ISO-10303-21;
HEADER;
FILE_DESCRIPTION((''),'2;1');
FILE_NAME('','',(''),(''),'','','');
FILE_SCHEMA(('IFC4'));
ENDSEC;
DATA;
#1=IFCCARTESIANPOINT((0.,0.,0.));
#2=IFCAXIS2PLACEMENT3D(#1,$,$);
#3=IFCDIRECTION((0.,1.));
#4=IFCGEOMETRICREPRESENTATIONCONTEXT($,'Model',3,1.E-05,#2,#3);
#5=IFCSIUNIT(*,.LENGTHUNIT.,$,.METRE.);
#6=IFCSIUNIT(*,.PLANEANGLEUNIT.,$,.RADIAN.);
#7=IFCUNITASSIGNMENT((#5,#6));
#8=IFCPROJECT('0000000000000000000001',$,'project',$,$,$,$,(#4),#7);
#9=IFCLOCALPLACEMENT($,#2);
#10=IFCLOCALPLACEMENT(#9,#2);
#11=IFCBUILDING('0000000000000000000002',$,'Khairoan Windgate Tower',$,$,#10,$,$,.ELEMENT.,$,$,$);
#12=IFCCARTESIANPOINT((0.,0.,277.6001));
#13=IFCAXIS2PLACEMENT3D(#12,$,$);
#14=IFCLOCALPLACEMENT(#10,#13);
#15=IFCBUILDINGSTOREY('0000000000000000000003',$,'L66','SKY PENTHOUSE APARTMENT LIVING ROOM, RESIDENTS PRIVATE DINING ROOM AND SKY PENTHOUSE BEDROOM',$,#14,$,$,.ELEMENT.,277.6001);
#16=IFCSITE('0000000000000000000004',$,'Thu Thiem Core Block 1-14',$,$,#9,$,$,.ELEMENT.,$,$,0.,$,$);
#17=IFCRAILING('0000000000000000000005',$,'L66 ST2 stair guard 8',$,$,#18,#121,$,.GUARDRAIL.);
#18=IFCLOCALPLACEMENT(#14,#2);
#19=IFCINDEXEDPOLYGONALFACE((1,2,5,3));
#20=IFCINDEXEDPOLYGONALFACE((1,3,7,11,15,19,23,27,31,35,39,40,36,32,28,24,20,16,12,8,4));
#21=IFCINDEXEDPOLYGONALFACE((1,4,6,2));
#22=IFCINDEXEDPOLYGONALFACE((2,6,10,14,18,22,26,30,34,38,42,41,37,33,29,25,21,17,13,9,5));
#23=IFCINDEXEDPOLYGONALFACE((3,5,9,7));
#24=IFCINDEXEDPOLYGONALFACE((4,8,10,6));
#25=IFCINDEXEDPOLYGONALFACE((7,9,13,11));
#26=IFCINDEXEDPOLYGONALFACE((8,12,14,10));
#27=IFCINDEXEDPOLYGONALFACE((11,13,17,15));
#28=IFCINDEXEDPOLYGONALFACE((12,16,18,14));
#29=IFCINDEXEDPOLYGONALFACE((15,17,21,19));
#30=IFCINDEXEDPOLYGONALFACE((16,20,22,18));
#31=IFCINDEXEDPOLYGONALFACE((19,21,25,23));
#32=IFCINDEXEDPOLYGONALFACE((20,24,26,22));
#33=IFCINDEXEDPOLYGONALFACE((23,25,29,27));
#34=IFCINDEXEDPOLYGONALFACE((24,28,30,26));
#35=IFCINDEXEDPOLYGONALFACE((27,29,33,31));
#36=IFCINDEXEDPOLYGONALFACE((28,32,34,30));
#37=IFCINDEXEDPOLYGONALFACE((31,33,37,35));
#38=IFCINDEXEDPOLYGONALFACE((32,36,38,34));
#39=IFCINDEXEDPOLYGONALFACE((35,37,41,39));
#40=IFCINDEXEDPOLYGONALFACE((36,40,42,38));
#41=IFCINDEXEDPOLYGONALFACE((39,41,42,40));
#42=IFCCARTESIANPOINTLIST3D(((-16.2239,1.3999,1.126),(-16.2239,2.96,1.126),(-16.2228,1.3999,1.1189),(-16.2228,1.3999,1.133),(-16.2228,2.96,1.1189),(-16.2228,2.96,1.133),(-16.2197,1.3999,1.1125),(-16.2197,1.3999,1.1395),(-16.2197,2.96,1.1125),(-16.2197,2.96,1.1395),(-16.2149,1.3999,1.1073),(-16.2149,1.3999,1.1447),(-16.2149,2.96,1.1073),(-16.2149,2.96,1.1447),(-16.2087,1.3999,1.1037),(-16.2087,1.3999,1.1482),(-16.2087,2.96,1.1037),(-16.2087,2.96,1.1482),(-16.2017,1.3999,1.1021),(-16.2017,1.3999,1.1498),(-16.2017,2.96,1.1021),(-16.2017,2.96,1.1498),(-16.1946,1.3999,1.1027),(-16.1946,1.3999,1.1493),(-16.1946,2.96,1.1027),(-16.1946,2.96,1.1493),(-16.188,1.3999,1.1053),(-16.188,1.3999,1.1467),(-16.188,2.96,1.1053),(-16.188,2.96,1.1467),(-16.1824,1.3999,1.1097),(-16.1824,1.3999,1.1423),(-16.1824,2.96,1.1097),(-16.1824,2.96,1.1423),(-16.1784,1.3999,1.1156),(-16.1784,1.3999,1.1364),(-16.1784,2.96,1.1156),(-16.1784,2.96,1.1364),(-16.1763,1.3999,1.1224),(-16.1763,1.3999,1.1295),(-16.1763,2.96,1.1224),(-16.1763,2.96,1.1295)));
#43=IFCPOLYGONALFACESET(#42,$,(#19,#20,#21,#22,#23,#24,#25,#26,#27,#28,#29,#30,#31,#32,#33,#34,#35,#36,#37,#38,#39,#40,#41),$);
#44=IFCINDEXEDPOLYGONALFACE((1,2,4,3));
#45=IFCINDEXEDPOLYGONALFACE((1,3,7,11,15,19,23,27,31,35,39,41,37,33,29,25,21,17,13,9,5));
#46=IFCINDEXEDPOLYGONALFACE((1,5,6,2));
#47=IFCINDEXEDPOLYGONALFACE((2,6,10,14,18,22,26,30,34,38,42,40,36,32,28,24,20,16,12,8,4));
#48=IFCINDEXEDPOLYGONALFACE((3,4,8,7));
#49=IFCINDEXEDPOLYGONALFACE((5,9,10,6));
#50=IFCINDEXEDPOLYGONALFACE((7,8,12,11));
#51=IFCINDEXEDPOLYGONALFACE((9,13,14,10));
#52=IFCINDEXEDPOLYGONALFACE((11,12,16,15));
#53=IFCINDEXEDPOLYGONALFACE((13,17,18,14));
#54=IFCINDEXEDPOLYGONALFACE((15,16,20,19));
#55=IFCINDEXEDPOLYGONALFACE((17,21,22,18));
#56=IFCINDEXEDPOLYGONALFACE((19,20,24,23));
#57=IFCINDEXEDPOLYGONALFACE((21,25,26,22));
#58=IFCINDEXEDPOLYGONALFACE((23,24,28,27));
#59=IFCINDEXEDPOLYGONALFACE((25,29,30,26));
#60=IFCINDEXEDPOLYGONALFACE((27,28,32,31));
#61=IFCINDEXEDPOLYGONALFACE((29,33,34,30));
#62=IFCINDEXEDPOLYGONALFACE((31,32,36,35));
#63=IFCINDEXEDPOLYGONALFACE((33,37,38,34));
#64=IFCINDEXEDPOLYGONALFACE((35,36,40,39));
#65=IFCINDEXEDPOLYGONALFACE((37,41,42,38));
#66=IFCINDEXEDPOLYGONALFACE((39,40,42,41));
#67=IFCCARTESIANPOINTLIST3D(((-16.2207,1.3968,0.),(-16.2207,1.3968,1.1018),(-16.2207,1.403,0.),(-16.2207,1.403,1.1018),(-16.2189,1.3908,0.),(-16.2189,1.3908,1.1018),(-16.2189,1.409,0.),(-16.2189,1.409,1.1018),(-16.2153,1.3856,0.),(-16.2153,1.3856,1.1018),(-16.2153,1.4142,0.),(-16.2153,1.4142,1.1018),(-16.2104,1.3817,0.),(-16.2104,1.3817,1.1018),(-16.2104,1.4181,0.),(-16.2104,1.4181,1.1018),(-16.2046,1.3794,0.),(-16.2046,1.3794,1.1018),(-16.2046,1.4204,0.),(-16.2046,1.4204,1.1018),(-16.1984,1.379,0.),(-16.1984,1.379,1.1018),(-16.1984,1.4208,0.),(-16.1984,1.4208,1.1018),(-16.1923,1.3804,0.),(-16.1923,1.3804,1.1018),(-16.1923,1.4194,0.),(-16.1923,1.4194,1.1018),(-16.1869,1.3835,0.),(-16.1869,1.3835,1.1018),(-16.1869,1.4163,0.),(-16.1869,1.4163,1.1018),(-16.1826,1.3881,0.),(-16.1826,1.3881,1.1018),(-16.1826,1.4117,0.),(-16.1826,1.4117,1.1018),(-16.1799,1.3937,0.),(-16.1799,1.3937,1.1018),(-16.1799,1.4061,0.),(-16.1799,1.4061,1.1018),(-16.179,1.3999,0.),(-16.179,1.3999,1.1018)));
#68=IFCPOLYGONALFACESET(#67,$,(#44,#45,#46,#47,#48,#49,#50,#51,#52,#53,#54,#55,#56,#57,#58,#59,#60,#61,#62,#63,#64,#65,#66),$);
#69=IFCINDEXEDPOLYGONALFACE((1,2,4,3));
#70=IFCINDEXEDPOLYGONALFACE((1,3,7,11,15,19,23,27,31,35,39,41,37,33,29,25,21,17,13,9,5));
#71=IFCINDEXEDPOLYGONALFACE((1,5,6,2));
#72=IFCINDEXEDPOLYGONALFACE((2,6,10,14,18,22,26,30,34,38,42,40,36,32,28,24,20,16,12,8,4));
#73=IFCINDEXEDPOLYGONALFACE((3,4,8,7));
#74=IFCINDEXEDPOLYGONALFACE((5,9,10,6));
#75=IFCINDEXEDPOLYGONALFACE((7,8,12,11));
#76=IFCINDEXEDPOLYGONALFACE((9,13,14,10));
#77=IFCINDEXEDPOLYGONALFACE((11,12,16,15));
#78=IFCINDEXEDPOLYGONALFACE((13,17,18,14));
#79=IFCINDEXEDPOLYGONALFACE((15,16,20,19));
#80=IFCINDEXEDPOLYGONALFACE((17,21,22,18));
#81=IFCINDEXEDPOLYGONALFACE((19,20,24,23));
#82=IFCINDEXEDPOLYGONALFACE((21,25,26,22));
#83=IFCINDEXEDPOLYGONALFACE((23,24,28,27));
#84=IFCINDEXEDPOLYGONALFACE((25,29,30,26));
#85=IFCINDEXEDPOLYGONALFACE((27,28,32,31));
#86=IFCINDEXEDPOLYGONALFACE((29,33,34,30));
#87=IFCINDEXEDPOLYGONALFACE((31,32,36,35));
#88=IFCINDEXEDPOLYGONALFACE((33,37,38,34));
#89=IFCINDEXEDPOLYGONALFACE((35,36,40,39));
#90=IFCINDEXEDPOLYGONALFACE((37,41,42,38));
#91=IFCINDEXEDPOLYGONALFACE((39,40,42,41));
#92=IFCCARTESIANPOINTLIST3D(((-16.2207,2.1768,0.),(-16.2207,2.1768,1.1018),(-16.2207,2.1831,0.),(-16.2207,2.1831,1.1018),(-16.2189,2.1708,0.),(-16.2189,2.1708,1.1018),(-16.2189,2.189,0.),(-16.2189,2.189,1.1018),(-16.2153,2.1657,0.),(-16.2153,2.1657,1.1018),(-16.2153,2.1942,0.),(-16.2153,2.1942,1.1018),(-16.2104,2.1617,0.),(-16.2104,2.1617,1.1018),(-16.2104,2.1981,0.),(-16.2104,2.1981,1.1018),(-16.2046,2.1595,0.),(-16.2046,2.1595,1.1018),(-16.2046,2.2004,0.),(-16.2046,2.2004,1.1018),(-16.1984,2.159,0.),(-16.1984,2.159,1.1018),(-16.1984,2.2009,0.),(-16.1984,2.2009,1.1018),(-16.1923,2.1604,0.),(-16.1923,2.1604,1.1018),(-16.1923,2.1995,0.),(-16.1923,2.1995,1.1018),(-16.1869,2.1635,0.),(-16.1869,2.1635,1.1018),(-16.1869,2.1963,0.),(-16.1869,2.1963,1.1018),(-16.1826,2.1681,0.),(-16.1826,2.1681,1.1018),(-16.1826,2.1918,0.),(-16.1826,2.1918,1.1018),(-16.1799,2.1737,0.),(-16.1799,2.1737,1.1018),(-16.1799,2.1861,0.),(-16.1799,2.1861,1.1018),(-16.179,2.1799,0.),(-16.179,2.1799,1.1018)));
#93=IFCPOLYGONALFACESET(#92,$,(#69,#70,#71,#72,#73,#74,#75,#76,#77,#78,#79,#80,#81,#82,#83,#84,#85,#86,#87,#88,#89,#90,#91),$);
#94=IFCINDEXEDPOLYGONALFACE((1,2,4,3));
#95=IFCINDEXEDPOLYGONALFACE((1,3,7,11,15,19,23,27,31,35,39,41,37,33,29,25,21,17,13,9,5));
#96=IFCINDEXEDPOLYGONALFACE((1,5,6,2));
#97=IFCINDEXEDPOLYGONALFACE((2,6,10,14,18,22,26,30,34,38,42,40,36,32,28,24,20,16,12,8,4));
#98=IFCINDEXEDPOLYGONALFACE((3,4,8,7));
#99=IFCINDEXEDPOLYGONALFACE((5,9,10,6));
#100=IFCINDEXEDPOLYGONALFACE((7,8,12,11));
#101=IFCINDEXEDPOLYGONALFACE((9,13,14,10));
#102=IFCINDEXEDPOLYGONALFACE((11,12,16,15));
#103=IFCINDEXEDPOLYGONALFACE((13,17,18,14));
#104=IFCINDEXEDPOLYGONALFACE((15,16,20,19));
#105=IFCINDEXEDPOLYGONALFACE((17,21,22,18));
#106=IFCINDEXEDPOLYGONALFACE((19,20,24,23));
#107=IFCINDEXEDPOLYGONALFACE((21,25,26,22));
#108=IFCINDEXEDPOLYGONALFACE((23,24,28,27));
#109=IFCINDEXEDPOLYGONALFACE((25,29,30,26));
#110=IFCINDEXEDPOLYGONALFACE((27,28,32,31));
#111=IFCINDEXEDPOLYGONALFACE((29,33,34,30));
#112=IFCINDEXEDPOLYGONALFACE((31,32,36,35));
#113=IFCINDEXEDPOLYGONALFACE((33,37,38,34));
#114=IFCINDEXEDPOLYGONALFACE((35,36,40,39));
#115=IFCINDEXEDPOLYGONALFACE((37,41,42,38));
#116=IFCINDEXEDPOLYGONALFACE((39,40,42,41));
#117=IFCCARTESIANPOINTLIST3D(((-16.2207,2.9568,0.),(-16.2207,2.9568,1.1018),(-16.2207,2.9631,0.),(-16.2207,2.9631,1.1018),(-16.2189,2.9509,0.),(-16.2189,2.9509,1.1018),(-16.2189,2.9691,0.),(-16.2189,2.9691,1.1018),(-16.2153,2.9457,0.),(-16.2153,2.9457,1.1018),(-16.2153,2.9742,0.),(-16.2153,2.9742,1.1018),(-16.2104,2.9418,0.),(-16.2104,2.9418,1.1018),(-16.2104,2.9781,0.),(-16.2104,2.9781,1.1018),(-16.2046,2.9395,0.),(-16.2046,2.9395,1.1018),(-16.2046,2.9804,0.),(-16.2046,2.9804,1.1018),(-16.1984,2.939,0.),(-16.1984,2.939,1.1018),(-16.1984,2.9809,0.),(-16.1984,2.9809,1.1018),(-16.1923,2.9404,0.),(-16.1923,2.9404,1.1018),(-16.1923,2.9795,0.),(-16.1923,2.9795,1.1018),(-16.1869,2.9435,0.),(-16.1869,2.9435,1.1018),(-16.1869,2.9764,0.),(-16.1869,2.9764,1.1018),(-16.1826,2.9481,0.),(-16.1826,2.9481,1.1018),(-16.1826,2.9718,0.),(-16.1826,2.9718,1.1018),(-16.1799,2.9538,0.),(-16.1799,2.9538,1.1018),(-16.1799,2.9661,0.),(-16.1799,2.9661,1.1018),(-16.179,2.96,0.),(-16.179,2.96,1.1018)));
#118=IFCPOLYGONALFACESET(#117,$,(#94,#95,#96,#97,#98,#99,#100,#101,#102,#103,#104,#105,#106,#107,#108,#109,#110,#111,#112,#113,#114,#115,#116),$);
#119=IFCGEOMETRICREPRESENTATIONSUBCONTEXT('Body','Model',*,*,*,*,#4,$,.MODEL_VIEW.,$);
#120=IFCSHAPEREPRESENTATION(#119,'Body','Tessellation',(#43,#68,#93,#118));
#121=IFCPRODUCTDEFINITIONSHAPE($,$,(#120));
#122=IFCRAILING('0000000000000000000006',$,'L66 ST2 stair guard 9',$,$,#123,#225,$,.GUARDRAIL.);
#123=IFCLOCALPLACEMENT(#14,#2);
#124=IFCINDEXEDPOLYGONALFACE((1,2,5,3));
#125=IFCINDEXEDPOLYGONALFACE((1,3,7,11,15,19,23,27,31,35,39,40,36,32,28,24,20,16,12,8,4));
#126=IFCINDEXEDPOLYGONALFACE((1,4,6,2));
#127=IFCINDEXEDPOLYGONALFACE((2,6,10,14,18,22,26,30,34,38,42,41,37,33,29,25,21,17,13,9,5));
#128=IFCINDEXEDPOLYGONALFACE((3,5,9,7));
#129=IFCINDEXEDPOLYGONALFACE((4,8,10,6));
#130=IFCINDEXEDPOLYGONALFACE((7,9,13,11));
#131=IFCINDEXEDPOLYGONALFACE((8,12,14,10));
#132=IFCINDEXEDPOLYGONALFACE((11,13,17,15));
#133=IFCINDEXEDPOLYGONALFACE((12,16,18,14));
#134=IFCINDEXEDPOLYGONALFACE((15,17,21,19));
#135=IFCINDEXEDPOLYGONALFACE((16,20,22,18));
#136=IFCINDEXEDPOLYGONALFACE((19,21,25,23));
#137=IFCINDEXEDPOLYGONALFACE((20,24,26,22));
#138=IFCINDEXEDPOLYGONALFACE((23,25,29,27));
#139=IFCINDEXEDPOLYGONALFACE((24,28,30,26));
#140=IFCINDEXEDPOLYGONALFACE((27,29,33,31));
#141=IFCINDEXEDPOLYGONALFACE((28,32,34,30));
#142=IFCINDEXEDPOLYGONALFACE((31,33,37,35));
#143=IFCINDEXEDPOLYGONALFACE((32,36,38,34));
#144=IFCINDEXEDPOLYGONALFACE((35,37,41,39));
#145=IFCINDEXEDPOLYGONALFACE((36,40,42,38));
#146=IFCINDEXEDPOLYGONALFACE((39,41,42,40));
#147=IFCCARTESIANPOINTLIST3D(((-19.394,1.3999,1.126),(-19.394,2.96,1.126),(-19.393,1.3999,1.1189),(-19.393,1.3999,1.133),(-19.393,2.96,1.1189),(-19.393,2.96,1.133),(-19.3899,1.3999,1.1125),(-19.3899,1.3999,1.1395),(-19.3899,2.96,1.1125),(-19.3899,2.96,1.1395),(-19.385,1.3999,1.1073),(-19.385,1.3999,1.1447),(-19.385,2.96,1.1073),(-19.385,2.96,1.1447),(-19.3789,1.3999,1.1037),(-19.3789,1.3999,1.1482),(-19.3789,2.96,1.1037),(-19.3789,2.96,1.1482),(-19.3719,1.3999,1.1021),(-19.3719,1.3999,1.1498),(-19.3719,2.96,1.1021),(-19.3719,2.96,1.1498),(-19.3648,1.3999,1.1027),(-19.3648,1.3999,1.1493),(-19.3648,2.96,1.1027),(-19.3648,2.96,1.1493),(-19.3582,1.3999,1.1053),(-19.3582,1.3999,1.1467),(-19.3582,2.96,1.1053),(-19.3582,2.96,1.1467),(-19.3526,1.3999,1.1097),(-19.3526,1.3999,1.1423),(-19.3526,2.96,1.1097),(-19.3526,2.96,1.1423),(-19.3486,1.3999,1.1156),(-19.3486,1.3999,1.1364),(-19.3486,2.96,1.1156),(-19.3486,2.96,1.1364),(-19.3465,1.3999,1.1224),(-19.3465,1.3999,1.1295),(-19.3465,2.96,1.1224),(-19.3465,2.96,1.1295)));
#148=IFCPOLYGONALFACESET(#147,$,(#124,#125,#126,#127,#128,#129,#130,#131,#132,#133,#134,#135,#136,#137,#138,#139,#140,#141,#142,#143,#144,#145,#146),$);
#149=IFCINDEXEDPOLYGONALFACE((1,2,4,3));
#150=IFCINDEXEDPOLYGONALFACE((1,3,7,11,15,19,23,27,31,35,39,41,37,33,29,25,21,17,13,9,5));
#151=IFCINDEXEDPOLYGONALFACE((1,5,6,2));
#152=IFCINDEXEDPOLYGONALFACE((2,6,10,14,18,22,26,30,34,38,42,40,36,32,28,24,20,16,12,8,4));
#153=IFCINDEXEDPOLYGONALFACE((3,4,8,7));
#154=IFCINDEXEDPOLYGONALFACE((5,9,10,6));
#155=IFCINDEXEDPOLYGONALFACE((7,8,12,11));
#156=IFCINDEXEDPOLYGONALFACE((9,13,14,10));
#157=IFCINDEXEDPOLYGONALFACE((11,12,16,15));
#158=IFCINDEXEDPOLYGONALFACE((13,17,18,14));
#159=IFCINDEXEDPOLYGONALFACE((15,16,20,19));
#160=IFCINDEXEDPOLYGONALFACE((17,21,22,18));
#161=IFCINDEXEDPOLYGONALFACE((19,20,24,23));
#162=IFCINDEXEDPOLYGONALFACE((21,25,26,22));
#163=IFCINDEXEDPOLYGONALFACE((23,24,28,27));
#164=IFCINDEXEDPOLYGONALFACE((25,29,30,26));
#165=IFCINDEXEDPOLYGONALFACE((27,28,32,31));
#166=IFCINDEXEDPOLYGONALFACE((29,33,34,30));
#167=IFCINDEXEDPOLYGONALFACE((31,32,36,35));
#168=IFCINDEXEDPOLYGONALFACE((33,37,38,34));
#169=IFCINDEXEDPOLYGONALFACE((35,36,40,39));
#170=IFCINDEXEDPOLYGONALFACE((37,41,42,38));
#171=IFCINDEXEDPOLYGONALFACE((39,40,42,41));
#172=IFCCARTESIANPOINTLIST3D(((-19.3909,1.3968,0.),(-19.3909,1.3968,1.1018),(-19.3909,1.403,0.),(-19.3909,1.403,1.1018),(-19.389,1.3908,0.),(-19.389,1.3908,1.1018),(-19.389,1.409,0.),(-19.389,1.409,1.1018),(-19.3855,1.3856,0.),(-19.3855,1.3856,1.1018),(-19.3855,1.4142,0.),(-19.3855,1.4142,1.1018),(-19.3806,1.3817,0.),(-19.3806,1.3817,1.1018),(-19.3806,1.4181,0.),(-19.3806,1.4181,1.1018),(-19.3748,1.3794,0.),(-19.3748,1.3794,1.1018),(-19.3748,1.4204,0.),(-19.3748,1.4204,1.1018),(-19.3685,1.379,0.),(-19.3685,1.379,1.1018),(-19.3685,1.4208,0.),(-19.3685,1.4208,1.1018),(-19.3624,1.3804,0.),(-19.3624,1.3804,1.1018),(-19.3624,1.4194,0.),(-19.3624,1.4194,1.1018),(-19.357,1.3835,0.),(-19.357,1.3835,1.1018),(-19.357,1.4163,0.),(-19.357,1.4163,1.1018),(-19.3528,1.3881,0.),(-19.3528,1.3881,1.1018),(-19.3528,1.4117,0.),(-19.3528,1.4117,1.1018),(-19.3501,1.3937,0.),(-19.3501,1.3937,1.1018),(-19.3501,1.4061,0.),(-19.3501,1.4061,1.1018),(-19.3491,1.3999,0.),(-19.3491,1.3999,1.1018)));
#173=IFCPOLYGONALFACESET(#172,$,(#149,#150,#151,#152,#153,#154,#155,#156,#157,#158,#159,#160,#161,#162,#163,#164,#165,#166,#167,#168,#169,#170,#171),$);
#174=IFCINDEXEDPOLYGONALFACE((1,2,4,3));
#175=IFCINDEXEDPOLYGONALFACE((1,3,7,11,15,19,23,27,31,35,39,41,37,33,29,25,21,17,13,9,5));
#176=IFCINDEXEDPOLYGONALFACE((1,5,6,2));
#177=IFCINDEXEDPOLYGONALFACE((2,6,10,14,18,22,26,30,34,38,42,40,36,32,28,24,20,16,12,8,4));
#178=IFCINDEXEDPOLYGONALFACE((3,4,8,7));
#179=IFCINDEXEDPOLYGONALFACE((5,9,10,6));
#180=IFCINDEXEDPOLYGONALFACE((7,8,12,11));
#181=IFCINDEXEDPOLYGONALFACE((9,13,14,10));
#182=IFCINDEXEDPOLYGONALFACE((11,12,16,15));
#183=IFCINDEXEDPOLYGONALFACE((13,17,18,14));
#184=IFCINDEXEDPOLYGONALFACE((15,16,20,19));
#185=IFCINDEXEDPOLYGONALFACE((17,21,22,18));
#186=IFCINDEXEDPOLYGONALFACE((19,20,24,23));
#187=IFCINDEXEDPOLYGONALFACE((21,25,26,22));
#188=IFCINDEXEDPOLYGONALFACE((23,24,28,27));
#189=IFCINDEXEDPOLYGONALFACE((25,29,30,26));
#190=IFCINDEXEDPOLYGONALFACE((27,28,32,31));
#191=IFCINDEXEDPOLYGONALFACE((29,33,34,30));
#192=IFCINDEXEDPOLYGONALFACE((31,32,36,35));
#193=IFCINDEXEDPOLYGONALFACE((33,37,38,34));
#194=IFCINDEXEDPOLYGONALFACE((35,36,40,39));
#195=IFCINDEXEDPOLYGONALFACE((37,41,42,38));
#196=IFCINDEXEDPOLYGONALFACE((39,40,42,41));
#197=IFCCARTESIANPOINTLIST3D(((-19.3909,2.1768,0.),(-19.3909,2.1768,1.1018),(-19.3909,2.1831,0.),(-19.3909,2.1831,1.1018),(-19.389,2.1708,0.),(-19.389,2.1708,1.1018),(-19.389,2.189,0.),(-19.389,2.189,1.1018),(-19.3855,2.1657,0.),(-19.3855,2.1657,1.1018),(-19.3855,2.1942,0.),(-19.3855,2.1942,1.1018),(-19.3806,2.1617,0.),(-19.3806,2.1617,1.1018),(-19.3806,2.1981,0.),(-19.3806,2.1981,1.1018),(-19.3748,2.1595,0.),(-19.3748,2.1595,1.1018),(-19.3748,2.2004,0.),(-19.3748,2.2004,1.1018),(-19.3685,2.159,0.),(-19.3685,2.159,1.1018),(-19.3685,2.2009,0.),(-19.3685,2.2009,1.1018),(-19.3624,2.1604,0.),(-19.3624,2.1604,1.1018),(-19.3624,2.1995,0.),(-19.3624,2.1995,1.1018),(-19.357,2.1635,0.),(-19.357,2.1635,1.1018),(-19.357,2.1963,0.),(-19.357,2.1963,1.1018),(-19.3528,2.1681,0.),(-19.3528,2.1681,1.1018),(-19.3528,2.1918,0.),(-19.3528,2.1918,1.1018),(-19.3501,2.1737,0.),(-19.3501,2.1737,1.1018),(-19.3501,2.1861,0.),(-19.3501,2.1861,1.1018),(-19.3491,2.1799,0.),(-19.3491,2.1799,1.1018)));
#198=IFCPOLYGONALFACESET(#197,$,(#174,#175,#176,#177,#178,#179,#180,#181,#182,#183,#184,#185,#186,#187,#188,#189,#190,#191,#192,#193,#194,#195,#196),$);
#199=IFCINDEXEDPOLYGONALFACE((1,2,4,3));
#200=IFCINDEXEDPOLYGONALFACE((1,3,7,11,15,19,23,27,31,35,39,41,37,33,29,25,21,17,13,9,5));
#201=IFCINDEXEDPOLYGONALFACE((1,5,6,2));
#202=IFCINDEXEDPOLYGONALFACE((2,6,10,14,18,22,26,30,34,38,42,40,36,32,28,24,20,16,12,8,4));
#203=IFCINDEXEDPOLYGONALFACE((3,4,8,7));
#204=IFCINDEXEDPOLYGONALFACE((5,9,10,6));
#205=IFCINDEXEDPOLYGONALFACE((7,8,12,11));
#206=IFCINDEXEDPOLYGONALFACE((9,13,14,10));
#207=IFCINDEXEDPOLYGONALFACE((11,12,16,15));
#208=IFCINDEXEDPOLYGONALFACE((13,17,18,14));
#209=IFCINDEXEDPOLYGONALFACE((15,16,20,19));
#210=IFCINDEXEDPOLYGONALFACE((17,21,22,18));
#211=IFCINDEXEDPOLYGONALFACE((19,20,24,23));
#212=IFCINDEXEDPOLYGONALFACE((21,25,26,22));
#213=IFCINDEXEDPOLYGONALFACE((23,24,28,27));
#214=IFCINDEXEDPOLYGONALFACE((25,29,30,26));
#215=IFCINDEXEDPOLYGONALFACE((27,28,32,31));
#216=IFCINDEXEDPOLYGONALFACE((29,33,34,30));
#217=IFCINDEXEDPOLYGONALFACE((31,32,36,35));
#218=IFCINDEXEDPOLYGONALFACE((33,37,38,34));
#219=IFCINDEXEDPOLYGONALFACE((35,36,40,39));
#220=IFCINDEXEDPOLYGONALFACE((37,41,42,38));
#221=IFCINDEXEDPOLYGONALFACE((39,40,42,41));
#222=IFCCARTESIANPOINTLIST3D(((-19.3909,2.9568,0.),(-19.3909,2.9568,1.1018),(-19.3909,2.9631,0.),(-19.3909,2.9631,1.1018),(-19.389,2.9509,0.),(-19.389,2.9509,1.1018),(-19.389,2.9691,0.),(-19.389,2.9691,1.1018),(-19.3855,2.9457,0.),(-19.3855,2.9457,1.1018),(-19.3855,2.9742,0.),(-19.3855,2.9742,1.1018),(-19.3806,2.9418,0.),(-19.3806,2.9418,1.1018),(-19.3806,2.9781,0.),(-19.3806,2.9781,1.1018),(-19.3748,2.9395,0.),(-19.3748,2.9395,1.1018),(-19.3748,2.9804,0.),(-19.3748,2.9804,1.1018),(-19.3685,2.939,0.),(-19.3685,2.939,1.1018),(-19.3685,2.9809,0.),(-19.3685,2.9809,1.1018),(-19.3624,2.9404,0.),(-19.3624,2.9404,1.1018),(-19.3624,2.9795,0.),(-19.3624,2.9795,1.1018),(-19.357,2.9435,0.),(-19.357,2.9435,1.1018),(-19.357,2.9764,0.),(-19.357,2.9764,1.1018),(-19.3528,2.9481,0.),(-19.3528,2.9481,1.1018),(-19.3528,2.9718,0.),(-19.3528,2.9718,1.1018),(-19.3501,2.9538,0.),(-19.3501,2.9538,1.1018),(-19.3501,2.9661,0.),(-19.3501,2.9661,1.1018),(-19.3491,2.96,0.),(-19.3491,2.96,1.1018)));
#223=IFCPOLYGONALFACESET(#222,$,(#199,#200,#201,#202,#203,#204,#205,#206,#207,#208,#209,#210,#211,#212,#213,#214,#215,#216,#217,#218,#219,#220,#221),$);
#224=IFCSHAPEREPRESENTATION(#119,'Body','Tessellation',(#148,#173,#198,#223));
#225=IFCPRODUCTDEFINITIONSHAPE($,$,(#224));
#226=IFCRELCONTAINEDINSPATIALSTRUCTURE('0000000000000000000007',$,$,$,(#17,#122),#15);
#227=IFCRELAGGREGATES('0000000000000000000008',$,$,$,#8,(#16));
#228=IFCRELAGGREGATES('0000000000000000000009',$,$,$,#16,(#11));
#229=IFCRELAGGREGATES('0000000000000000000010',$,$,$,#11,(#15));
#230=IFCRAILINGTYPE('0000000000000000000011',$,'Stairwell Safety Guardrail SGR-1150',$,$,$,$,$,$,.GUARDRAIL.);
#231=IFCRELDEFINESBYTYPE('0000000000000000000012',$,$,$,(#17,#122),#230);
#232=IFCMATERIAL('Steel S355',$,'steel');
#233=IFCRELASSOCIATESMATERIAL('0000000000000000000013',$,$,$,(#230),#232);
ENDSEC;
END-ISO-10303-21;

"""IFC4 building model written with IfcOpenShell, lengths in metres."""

from ifc_helpers import new_model, si_unit, direction, frame, origin, origin_2d, place, context, subcontext, project, spatial, circle, extrude, material, type_object, element, save


model = new_model("IFC4")

# Units and contexts
model_context = context("Model", 3, precision=1e-05, world=origin(), true_north=direction((0.0, 1.0)))
body_context = subcontext(model_context, "Body", "Model", "MODEL_VIEW")
ifc_project = project(units=[si_unit("LENGTHUNIT", "METRE"), si_unit("PLANEANGLEUNIT", "RADIAN")], contexts=[model_context])

# Site, building, storey
site_placement = place(None, origin())
site = spatial("IfcSite", under=ifc_project, at=site_placement, Name="Thu Thiem Core Block 1-14", CompositionType="ELEMENT", RefElevation=0.0)
building_placement = place(site_placement, origin())
building = spatial("IfcBuilding", under=site, at=building_placement, Name="Khairoan Windgate Tower", CompositionType="ELEMENT")
storey_placement = place(building_placement, frame((0.0, 0.0, 277.6001)))
storey = spatial("IfcBuildingStorey", under=building, at=storey_placement, Name="L66", Description="SKY PENTHOUSE APARTMENT LIVING ROOM, RESIDENTS PRIVATE DINING ROOM AND SKY PENTHOUSE BEDROOM", CompositionType="ELEMENT", Elevation=277.6001)

# Railings
ifc_material_1 = material(Name="Steel S355", Category="steel")
railing_type = type_object("IfcRailingType", Name="Stairwell Safety Guardrail SGR-1150", PredefinedType="GUARDRAIL", material=ifc_material_1)
for number, where, name in (
    (1, (-16.2, 1.3999, 0.0), "L66 ST2 stair guard 8"),
    (2, (-19.3701, 1.3999, 0.0), "L66 ST2 stair guard 9"),
):
    element("IfcRailing", number, at=place(storey_placement, frame(where)), inside=storey, type_object=railing_type, Name=name, PredefinedType="GUARDRAIL", context=body_context, shape_type="SweptSolid", body=[
        extrude(circle(Radius=0.0239, at=origin_2d()), frame((0.0, 0.0, 1.126), z_axis=(0.0, 1.0, 0.0), x_axis=(-1.0, 0.0, 0.0)), (0.0, 0.0, 1.0), 1.5601),
        extrude(circle(Radius=0.021, at=origin_2d()), origin(), (0.0, 0.0, 1.0), 1.1018),
        extrude(circle(Radius=0.021, at=origin_2d()), frame((0.0, 0.78, 0.0)), (0.0, 0.0, 1.0), 1.1018),
        extrude(circle(Radius=0.021, at=origin_2d()), frame((0.0, 1.5601, 0.0)), (0.0, 0.0, 1.0), 1.1018),
    ])

save(model, "model.ifc")
